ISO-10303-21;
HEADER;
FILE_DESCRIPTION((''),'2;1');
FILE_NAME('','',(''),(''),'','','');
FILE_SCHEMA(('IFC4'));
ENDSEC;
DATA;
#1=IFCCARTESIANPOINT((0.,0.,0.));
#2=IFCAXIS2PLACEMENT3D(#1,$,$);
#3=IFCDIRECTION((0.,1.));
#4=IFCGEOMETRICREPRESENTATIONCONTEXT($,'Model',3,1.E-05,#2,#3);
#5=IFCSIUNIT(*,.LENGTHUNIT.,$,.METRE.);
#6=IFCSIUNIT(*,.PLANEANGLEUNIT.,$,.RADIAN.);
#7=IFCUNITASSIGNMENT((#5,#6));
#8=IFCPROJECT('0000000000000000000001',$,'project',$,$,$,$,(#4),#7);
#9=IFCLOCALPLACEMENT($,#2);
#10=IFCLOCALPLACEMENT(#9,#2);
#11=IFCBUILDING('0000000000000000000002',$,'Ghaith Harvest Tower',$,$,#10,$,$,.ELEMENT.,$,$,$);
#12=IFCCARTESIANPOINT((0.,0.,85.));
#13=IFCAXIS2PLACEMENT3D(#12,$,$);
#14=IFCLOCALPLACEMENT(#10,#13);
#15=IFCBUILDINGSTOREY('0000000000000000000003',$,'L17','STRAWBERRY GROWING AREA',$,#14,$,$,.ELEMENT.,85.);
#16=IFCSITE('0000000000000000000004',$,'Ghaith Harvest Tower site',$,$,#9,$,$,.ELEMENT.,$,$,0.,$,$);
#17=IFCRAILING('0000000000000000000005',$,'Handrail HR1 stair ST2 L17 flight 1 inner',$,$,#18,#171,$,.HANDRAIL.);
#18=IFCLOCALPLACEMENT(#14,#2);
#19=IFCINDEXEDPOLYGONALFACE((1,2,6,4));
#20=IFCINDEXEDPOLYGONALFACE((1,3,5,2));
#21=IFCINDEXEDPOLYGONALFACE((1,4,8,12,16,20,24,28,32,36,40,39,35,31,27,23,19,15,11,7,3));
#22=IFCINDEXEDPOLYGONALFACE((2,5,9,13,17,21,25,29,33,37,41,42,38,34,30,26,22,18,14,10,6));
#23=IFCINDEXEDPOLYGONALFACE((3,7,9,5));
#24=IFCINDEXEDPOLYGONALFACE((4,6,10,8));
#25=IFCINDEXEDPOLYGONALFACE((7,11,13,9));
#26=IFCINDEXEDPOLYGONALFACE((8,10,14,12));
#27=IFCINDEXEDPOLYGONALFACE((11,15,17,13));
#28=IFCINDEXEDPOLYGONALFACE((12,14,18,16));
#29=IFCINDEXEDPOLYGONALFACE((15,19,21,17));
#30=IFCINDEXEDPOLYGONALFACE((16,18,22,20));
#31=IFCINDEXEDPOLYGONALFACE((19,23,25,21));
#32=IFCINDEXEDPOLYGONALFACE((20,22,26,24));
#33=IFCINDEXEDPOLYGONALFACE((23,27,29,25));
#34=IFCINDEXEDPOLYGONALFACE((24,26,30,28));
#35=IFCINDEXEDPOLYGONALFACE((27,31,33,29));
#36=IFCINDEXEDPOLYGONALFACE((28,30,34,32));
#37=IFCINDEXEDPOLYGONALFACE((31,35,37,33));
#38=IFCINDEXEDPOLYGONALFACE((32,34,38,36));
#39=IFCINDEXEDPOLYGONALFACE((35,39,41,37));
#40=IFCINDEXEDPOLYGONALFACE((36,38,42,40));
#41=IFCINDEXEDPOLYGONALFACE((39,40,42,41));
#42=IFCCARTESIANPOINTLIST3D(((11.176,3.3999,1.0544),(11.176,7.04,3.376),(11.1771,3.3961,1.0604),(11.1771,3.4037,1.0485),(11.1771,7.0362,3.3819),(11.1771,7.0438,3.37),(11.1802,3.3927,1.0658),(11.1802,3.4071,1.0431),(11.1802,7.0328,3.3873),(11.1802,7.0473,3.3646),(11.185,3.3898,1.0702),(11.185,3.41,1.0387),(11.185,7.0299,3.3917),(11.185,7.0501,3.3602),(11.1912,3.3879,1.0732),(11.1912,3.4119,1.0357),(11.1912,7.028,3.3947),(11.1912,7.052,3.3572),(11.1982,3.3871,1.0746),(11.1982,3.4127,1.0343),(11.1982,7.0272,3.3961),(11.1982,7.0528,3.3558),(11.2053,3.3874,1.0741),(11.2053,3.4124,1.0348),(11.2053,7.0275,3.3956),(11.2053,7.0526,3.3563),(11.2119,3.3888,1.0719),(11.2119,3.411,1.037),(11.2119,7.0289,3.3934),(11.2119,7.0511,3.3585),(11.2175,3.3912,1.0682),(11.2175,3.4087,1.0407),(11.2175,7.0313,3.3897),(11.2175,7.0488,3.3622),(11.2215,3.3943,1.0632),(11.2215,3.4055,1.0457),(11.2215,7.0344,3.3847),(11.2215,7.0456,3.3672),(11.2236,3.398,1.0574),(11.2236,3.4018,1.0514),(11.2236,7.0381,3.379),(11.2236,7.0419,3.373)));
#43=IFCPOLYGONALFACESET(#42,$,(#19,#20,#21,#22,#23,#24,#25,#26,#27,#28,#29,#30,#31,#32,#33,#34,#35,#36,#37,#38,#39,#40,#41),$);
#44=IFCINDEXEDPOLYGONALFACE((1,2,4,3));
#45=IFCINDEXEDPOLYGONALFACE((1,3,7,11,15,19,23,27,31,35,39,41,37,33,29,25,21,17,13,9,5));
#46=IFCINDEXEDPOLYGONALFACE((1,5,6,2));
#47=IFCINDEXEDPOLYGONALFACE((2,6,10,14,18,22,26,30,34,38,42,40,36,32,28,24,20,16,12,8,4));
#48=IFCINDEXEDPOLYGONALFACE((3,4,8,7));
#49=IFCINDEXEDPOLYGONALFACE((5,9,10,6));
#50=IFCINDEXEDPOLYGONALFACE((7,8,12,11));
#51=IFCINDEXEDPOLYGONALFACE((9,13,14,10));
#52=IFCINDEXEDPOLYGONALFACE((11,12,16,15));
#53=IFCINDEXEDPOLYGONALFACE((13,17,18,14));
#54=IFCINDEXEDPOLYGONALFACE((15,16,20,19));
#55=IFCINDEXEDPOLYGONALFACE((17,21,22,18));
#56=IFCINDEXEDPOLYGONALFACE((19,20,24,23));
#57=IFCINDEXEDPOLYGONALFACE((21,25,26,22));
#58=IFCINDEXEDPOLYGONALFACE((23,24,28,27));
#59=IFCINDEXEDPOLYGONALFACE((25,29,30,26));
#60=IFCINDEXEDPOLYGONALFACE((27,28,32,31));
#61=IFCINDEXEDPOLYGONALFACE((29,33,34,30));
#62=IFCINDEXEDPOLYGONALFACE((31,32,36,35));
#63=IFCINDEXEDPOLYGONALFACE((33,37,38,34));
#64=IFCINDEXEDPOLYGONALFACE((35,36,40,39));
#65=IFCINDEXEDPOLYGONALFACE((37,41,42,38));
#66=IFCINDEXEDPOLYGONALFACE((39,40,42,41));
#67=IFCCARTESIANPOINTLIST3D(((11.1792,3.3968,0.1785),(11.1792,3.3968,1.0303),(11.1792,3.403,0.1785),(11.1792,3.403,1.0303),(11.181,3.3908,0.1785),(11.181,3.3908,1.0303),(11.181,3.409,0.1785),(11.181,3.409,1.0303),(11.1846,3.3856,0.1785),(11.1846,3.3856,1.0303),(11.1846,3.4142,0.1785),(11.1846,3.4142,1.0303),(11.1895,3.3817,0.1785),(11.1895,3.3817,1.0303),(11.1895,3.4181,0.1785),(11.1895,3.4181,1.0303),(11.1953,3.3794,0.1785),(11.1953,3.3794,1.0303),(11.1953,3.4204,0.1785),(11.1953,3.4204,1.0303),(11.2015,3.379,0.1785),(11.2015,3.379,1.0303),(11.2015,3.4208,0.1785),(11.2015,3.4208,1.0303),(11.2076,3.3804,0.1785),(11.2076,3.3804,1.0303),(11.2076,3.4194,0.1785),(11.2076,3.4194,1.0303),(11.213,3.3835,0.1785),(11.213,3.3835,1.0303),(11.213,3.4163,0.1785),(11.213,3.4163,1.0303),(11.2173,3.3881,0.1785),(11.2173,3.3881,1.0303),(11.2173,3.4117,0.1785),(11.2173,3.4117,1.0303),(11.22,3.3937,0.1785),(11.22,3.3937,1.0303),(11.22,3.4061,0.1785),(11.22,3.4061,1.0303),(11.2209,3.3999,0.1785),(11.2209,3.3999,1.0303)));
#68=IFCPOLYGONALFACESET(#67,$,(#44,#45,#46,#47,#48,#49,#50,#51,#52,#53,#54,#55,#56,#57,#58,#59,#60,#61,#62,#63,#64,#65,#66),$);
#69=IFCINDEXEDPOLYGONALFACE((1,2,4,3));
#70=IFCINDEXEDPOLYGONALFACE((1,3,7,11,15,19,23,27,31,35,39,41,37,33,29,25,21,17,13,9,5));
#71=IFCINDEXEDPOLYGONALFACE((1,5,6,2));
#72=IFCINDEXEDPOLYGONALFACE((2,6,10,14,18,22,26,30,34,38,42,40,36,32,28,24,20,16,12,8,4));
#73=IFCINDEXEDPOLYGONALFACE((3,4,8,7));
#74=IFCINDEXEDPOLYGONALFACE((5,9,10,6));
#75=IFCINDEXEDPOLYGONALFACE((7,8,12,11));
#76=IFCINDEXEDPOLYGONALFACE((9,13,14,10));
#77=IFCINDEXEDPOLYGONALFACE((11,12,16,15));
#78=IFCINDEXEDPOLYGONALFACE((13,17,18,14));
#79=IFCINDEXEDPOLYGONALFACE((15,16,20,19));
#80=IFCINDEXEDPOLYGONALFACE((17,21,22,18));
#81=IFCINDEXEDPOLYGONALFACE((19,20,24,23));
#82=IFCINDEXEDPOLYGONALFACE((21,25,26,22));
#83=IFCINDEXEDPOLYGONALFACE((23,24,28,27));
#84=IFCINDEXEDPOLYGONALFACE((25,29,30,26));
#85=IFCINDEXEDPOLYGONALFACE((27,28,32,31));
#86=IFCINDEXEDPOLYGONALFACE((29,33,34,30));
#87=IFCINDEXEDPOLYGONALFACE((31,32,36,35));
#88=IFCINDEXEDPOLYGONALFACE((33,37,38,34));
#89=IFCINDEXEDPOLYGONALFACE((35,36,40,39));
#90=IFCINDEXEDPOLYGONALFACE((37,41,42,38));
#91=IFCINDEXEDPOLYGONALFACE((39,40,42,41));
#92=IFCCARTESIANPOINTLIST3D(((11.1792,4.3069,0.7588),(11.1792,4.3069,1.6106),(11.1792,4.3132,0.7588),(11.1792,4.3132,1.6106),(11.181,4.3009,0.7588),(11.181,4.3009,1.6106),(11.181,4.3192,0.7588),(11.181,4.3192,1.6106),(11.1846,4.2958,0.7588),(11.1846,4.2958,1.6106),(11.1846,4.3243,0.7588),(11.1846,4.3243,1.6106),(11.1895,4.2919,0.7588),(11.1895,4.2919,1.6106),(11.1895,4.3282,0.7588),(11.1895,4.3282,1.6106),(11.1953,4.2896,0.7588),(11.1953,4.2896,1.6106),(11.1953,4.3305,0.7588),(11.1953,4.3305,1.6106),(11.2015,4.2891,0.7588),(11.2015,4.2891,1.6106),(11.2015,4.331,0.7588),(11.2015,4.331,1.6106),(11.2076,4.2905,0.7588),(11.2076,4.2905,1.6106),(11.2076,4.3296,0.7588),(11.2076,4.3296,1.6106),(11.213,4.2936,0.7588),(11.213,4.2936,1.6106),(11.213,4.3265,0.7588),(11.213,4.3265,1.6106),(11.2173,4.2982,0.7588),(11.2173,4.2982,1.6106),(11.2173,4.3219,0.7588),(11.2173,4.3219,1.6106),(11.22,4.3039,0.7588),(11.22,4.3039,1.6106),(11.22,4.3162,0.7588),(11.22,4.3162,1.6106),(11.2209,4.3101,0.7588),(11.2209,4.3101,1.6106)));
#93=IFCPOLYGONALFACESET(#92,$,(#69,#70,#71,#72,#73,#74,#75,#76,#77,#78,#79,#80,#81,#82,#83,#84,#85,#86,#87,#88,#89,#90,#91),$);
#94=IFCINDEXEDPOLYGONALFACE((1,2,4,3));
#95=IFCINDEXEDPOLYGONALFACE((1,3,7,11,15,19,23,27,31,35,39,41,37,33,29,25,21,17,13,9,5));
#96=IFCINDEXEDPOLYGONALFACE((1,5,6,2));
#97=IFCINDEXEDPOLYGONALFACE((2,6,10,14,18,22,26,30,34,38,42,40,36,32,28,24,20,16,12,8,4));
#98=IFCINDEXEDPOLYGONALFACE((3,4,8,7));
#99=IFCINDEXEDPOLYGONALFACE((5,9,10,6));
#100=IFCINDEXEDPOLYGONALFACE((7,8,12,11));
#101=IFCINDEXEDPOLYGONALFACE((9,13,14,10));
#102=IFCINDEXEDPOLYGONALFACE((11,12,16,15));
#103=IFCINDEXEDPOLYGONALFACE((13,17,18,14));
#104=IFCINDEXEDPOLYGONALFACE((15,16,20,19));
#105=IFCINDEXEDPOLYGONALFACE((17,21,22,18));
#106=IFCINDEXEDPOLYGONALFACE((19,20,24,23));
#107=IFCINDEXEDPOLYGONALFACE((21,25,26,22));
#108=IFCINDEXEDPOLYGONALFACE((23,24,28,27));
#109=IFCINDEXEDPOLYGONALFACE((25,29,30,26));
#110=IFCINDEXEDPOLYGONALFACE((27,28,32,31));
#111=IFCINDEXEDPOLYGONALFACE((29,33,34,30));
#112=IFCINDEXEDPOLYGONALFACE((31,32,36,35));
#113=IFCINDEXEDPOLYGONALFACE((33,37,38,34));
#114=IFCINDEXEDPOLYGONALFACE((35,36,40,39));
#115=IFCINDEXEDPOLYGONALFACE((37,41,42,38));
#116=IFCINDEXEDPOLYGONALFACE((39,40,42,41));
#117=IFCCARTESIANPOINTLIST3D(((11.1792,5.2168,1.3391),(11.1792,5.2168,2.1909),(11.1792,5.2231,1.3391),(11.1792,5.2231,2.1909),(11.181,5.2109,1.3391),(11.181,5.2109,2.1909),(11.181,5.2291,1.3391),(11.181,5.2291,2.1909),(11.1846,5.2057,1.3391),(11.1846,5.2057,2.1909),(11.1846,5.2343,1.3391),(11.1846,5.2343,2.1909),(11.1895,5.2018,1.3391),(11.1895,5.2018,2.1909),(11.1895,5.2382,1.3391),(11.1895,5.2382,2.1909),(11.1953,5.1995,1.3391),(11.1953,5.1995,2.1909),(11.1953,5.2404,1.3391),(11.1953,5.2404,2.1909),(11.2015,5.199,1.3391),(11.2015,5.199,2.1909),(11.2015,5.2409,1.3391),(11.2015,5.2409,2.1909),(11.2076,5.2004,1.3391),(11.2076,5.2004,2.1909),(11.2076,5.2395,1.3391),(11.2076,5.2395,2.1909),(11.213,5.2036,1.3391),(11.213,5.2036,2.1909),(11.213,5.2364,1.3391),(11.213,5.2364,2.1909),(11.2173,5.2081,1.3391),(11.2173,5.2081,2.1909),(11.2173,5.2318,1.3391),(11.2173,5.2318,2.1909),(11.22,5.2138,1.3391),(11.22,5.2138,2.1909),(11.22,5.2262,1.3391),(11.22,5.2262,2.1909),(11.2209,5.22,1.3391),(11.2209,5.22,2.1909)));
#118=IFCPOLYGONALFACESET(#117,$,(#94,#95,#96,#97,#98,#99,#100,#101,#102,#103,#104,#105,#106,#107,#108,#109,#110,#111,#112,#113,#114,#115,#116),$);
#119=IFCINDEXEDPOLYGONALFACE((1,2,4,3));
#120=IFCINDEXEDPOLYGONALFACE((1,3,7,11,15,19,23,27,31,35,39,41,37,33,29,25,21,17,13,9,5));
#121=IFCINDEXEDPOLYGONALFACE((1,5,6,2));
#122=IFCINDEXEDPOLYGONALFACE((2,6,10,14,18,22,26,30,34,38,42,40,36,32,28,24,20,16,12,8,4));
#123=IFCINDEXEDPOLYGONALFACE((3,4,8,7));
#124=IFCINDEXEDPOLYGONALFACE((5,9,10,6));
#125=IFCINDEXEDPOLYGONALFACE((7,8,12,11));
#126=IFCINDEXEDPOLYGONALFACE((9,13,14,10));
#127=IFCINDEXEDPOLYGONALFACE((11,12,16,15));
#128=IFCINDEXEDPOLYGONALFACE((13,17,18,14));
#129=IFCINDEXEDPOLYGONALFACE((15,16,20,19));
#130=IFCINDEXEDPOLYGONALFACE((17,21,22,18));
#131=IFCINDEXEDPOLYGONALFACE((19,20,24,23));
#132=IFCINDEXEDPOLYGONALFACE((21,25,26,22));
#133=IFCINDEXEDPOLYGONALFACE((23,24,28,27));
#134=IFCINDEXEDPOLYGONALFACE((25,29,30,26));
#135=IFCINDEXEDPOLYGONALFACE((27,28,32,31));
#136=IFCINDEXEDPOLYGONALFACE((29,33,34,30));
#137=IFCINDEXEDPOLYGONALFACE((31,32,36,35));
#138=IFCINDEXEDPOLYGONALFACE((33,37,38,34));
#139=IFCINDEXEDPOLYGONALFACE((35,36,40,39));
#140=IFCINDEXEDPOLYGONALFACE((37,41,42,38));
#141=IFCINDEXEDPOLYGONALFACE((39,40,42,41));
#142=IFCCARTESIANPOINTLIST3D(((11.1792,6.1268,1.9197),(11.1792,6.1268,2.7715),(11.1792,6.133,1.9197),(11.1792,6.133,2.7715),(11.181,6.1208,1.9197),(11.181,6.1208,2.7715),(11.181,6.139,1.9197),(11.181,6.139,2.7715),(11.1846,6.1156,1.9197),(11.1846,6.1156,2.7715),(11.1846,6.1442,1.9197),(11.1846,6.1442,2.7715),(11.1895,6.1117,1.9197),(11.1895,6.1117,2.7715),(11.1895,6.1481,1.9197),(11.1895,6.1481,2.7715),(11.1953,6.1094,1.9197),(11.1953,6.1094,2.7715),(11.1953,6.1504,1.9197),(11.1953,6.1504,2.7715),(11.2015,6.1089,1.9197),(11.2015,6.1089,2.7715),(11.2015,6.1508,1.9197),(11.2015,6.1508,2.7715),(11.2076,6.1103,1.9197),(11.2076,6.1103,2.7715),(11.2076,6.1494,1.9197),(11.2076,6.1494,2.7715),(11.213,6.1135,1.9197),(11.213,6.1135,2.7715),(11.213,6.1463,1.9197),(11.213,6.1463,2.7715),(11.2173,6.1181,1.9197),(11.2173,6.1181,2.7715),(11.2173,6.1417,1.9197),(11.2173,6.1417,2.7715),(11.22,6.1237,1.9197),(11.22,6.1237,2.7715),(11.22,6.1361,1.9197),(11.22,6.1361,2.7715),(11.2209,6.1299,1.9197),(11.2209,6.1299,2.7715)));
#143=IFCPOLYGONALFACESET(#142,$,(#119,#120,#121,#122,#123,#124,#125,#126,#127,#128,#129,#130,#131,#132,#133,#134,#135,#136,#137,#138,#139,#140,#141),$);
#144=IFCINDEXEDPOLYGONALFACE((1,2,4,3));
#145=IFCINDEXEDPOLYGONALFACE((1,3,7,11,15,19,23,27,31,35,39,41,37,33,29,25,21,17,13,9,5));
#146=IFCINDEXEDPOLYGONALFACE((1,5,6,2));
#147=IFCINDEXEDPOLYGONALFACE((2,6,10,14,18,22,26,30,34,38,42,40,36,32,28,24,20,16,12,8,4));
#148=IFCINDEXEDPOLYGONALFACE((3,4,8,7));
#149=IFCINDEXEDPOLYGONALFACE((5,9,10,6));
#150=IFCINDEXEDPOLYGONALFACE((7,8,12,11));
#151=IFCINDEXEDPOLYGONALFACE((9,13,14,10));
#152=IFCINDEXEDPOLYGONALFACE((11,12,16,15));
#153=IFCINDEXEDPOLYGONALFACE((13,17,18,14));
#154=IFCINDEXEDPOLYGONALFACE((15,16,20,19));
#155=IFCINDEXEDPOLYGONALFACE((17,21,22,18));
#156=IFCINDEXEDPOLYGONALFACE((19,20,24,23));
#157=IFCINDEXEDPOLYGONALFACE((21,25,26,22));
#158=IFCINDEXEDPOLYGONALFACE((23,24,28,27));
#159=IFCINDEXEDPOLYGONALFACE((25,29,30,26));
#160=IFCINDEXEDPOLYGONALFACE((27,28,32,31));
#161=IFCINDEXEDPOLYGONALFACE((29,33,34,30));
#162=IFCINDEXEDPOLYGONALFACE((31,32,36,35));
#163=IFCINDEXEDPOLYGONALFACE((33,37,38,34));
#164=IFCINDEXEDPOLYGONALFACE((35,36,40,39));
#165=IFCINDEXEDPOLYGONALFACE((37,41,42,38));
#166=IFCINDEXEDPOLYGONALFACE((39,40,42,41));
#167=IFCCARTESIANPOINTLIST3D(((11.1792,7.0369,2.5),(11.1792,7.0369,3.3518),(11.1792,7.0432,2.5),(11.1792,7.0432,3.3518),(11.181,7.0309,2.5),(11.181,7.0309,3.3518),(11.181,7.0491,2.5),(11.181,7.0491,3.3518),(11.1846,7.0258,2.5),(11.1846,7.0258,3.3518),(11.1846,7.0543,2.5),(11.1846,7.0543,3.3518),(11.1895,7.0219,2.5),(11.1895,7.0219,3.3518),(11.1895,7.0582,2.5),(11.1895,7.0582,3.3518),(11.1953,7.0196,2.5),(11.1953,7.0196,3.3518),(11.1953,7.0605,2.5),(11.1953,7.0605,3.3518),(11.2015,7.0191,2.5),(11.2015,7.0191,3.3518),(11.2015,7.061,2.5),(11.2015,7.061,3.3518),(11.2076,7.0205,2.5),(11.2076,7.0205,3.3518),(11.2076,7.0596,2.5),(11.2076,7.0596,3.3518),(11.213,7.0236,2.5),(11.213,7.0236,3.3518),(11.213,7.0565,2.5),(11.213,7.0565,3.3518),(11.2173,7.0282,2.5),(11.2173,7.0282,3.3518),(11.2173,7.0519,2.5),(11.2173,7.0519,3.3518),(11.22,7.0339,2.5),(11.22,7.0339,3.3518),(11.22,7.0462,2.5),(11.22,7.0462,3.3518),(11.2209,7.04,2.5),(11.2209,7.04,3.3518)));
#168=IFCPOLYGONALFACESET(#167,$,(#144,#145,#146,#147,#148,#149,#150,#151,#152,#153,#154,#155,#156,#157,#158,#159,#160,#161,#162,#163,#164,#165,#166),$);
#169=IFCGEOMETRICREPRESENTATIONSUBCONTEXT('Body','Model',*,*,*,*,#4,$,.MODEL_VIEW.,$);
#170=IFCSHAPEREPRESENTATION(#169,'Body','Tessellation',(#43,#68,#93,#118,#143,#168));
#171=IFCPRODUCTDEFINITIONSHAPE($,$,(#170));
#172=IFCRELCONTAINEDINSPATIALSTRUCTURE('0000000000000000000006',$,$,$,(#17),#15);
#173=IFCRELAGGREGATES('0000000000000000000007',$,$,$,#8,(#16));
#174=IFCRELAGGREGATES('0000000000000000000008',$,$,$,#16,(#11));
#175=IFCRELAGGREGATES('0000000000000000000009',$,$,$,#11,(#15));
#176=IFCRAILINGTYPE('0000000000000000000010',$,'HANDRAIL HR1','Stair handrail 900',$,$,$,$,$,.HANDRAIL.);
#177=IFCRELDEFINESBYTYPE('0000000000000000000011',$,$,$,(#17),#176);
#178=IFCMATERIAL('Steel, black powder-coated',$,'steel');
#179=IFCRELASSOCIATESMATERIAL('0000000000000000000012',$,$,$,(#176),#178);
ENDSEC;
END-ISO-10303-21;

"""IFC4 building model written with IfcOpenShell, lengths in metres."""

from ifc_helpers import new_model, si_unit, direction, frame, origin, origin_2d, place, context, subcontext, project, spatial, circle, extrude, material, type_object, element, save


model = new_model("IFC4")

# Units and contexts
model_context = context("Model", 3, precision=1e-05, world=origin(), true_north=direction((0.0, 1.0)))
body_context = subcontext(model_context, "Body", "Model", "MODEL_VIEW")
ifc_project = project(units=[si_unit("LENGTHUNIT", "METRE"), si_unit("PLANEANGLEUNIT", "RADIAN")], contexts=[model_context])

# Site, building, storey
site_placement = place(None, origin())
site = spatial("IfcSite", under=ifc_project, at=site_placement, Name="Ghaith Harvest Tower site", CompositionType="ELEMENT", RefElevation=0.0)
building_placement = place(site_placement, origin())
building = spatial("IfcBuilding", under=site, at=building_placement, Name="Ghaith Harvest Tower", CompositionType="ELEMENT")
storey_placement = place(building_placement, frame((0.0, 0.0, 85.0)))
storey = spatial("IfcBuildingStorey", under=building, at=storey_placement, Name="L17", Description="STRAWBERRY GROWING AREA", CompositionType="ELEMENT", Elevation=85.0)

# Railing
ifc_material_1 = material(Name="Steel, black powder-coated", Category="steel")
railing_type = type_object("IfcRailingType", Name="HANDRAIL HR1", Description="Stair handrail 900", PredefinedType="HANDRAIL", material=ifc_material_1)
railing_1_placement = place(storey_placement, frame((11.2, 3.3999, 0.1785)))
element("IfcRailing", 1, at=railing_1_placement, inside=storey, type_object=railing_type, Name="Handrail HR1 stair ST2 L17 flight 1 inner", PredefinedType="HANDRAIL", context=body_context, shape_type="SweptSolid", body=[
    extrude(circle(Radius=0.0239, at=origin_2d()), frame((0.0, 0.0, 0.876), z_axis=(0.0, 0.843128, 0.537713), x_axis=(-1.0, 0.0, 0.0)), (0.0, 0.0, 1.0), 4.3174),
    extrude(circle(Radius=0.021, at=origin_2d()), origin(), (0.0, 0.0, 1.0), 0.8518),
    extrude(circle(Radius=0.021, at=origin_2d()), frame((0.0, 0.9102, 0.5803)), (0.0, 0.0, 1.0), 0.8518),
    extrude(circle(Radius=0.021, at=origin_2d()), frame((0.0, 1.8201, 1.1606)), (0.0, 0.0, 1.0), 0.8518),
    extrude(circle(Radius=0.021, at=origin_2d()), frame((0.0, 2.73, 1.7412)), (0.0, 0.0, 1.0), 0.8518),
    extrude(circle(Radius=0.021, at=origin_2d()), frame((0.0, 3.6401, 2.3215)), (0.0, 0.0, 1.0), 0.8518),
])

save(model, "model.ifc")
